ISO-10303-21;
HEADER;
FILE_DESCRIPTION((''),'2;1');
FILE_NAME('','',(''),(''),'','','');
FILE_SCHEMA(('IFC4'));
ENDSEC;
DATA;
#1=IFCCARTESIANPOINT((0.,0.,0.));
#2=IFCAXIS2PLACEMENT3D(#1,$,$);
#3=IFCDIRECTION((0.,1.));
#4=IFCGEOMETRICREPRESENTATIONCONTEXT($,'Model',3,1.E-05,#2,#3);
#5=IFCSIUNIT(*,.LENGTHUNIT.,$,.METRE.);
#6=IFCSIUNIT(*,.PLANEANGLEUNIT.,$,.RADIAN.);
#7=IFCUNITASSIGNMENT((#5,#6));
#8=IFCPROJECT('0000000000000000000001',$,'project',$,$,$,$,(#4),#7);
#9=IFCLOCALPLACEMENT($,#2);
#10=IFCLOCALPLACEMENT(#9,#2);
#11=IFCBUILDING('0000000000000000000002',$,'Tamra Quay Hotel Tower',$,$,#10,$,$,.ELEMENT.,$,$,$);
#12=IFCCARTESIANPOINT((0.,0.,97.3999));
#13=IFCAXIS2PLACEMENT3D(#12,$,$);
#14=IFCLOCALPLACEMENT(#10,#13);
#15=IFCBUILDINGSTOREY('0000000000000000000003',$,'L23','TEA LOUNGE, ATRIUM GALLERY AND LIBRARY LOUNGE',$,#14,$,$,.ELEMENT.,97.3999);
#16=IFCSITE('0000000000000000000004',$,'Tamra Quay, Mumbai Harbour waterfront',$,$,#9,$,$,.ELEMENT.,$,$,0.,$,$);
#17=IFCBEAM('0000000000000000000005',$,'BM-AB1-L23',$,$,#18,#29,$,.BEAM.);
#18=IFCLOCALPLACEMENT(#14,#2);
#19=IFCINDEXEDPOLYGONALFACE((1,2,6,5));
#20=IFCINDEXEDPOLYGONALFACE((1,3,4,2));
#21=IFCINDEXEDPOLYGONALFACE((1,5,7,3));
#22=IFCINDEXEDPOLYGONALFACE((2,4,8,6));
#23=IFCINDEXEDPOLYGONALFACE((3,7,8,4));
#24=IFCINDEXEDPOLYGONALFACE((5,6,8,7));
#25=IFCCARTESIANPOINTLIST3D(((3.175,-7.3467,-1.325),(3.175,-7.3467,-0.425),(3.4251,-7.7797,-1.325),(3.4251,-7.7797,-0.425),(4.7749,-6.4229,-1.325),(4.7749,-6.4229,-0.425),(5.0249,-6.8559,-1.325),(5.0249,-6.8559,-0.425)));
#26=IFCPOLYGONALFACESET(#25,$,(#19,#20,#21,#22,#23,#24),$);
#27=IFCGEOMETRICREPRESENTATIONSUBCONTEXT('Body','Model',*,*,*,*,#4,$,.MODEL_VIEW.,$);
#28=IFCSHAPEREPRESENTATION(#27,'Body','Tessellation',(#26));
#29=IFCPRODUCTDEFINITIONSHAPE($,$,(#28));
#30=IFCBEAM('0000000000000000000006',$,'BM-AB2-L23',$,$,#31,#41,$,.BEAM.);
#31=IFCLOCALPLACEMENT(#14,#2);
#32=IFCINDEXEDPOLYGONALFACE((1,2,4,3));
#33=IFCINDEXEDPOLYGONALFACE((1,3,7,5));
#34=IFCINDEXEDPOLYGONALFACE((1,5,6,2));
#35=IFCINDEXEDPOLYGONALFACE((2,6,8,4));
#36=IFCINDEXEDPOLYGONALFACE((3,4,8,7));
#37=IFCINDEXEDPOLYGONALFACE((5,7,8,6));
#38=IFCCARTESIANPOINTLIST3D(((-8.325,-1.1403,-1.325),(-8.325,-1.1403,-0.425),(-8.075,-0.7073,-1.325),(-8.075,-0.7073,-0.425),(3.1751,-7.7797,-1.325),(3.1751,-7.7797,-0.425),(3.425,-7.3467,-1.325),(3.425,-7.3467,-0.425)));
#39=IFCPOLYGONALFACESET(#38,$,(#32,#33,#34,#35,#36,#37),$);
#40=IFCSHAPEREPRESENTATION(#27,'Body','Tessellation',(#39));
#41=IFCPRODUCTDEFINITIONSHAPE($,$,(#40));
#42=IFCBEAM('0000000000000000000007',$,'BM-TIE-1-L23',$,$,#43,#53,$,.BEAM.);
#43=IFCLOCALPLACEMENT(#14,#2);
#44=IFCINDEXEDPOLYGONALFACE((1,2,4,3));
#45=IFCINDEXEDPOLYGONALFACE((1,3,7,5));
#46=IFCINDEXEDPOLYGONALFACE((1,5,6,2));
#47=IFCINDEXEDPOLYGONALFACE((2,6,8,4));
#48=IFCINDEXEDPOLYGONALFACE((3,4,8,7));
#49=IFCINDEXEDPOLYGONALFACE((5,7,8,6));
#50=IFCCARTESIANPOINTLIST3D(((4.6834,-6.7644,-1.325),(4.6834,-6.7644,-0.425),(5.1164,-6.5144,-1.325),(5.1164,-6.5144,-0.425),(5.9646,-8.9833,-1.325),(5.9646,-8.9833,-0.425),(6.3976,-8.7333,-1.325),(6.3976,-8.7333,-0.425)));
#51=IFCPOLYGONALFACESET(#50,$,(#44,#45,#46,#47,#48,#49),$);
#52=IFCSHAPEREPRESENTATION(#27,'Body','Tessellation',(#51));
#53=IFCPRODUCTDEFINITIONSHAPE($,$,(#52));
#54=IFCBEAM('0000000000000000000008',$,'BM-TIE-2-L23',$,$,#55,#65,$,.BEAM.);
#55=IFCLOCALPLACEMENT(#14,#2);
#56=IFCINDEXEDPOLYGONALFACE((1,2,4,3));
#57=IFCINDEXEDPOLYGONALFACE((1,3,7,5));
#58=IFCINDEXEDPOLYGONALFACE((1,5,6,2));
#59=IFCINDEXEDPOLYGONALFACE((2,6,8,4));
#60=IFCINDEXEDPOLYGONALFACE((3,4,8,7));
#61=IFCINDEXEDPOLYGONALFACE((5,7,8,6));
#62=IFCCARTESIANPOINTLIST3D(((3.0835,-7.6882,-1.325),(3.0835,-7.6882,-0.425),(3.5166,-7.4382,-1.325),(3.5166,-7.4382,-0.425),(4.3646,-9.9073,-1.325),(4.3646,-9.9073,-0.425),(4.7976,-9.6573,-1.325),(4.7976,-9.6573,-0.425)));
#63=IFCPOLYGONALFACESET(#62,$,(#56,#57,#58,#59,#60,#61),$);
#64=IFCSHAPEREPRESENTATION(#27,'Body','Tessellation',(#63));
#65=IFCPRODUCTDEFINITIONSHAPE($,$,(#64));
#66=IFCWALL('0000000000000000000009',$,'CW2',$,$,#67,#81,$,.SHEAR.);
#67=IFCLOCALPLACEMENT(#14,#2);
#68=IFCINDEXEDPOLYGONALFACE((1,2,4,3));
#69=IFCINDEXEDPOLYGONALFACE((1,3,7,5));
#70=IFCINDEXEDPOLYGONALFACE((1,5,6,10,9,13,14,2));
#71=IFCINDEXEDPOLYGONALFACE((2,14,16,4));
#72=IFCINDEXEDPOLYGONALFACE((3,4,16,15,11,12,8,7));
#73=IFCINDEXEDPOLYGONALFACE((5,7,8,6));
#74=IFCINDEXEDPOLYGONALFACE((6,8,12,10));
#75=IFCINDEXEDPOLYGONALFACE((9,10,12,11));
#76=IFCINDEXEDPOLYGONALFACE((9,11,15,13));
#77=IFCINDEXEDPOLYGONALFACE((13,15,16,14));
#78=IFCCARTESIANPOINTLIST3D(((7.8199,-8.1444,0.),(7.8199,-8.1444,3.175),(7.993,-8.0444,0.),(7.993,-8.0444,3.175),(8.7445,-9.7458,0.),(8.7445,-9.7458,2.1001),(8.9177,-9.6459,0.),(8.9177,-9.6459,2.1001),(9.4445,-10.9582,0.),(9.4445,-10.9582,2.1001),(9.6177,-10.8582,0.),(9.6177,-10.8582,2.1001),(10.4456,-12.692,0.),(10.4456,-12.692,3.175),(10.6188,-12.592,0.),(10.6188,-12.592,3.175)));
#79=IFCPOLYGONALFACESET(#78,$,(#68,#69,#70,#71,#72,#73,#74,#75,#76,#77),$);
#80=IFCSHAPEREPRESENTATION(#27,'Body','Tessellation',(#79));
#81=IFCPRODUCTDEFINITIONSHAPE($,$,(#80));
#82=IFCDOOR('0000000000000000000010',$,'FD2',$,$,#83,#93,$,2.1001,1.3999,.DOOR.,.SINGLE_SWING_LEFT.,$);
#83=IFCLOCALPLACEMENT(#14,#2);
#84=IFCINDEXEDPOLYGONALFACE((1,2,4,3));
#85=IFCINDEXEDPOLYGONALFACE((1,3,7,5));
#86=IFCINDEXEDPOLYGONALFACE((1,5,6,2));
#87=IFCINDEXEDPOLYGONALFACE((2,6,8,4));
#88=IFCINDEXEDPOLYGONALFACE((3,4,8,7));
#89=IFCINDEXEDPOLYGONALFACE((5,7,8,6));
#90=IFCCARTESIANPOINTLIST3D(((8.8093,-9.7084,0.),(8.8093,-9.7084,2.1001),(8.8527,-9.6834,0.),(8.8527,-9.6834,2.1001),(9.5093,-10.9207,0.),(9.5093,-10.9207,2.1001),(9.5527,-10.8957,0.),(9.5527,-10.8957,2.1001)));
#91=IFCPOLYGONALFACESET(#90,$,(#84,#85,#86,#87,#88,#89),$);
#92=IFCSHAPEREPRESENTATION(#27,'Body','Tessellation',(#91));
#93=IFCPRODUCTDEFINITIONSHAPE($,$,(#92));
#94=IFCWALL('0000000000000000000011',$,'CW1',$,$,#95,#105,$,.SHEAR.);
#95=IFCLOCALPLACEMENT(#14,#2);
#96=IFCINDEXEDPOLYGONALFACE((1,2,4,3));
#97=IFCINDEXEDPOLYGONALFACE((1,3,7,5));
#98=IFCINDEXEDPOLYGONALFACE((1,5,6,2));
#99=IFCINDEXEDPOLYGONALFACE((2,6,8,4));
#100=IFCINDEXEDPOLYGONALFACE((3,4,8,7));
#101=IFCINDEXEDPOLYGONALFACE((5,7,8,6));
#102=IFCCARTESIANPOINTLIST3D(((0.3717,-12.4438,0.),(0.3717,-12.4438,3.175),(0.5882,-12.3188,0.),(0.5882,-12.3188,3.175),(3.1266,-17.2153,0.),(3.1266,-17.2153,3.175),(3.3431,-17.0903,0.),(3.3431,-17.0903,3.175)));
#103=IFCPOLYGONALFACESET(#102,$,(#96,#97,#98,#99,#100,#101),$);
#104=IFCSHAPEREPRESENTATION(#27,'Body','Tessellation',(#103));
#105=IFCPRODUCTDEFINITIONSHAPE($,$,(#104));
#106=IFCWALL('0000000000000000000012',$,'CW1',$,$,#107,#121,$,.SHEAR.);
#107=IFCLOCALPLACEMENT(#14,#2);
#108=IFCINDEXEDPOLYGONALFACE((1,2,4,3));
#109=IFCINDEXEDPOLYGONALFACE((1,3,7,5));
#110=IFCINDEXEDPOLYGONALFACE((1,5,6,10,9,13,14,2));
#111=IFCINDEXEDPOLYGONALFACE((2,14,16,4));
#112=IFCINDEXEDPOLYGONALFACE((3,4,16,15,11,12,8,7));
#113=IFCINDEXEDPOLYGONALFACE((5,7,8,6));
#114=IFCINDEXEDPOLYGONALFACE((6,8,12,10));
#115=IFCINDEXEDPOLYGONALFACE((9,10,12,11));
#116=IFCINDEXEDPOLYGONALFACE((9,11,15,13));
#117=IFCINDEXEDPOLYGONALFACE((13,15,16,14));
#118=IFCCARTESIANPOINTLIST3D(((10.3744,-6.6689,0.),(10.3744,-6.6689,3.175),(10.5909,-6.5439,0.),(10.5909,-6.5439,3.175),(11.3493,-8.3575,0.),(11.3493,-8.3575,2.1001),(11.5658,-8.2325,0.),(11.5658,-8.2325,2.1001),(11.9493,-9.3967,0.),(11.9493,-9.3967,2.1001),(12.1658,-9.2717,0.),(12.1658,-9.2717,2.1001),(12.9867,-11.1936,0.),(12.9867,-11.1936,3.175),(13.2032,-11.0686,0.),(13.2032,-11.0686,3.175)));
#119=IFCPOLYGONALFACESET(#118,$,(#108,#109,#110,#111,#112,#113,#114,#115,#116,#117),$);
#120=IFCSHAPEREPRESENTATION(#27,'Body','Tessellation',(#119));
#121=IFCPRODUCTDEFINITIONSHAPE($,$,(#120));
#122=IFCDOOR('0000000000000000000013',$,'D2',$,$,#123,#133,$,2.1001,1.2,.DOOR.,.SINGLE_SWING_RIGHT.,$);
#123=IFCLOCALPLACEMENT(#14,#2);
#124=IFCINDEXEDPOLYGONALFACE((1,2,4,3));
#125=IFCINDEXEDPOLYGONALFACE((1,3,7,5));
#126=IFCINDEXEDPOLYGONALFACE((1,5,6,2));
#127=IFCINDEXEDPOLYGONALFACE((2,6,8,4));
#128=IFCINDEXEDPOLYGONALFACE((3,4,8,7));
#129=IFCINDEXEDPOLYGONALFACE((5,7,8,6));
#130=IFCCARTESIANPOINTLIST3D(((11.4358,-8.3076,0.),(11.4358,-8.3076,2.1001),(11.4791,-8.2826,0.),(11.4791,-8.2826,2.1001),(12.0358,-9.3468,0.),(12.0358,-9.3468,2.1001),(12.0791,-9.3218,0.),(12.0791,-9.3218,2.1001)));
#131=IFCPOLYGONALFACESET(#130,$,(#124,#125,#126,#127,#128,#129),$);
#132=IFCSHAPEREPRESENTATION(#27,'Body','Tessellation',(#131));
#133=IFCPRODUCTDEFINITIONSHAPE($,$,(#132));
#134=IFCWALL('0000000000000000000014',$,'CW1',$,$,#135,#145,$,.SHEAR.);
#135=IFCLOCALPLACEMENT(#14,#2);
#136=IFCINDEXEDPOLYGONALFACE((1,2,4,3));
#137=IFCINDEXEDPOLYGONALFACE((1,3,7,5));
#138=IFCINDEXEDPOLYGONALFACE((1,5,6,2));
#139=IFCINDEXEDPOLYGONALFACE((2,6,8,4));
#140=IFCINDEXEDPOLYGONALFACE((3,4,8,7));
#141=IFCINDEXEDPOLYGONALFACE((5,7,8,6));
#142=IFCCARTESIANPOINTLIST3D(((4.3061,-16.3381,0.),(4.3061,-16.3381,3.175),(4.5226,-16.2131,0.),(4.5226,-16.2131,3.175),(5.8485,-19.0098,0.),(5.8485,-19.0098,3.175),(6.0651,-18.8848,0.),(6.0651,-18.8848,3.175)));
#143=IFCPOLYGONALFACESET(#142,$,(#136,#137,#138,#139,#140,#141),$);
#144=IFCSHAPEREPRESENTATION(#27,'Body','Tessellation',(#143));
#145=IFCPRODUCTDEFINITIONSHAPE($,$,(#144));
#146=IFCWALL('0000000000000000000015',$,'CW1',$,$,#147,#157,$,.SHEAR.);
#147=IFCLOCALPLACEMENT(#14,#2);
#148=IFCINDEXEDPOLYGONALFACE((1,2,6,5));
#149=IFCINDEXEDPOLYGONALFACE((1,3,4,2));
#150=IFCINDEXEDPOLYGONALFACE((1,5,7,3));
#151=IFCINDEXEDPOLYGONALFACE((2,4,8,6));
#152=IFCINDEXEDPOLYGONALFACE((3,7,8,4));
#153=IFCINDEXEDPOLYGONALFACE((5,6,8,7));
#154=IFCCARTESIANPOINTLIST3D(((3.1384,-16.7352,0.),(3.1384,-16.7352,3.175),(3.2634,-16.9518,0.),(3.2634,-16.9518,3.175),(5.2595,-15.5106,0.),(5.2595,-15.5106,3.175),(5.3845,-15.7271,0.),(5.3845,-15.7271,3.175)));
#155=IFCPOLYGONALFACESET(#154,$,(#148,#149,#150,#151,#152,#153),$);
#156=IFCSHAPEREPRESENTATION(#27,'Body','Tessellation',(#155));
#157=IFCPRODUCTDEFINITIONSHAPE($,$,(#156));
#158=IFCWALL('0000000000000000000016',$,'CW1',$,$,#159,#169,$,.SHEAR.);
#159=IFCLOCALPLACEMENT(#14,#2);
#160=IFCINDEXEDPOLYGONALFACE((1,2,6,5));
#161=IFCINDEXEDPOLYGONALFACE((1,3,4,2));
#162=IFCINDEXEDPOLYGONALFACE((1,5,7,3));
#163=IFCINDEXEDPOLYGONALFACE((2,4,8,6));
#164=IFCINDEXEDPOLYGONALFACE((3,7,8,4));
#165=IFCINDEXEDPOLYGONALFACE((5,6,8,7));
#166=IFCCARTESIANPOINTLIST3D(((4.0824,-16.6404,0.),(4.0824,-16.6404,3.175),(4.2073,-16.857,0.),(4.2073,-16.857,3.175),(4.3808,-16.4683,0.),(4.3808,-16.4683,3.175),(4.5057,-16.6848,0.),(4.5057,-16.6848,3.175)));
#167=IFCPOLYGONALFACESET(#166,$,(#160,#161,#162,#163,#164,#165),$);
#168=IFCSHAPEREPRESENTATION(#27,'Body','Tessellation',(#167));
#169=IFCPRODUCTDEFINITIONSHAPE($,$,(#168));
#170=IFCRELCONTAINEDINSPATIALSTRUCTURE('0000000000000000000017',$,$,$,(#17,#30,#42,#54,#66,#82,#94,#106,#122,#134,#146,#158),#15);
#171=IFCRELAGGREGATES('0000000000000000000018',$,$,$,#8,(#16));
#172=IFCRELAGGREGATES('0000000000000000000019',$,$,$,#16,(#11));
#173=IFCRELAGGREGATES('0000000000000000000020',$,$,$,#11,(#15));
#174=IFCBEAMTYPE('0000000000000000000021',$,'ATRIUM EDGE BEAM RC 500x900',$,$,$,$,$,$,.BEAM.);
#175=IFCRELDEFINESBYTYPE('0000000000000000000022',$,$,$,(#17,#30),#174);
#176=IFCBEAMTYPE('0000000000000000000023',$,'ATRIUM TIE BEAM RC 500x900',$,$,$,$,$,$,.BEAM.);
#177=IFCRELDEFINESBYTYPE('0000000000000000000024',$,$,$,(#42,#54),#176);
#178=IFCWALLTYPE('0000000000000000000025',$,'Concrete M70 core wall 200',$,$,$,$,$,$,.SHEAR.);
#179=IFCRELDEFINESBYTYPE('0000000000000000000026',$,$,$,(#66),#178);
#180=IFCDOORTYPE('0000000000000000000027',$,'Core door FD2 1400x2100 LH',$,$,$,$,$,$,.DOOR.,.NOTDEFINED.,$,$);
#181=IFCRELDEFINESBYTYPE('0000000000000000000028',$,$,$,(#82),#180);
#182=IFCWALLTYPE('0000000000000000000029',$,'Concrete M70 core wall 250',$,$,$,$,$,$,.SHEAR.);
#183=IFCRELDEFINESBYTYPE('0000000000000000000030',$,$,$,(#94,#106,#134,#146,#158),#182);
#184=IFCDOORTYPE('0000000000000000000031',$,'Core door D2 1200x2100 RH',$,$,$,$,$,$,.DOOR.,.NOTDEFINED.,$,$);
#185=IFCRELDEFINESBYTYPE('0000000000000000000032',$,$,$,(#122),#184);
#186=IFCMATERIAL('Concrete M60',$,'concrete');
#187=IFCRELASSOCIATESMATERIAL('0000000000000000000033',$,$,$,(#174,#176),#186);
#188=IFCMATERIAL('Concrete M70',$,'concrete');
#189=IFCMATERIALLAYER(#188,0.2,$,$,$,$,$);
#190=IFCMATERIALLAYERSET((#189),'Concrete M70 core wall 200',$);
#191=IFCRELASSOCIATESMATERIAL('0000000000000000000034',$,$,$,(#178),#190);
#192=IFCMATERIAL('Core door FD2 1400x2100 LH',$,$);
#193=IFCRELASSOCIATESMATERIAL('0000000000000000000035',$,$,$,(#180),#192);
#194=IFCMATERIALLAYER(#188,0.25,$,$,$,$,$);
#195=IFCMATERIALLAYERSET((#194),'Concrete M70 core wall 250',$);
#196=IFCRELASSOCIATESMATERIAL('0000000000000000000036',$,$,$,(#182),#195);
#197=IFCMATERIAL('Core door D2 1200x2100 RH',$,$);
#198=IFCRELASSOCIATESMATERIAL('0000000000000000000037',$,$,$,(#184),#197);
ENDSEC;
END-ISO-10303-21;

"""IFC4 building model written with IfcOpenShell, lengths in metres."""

from ifc_helpers import new_model, si_unit, direction, frame, frame_2d, origin, origin_2d, place, context, subcontext, project, spatial, rectangle, extrude, material, layer, layer_set, material_profile, profile_set, type_object, element, fill, save


model = new_model("IFC4")

# Units and contexts
model_context = context("Model", 3, precision=1e-05, world=origin(), true_north=direction((0.0, 1.0)))
body_context = subcontext(model_context, "Body", "Model", "MODEL_VIEW")
ifc_project = project(units=[si_unit("LENGTHUNIT", "METRE"), si_unit("PLANEANGLEUNIT", "RADIAN")], contexts=[model_context])

# Site, building, storey
site_placement = place(None, origin())
site = spatial("IfcSite", under=ifc_project, at=site_placement, Name="Tamra Quay, Mumbai Harbour waterfront", CompositionType="ELEMENT", RefElevation=0.0)
building_placement = place(site_placement, origin())
building = spatial("IfcBuilding", under=site, at=building_placement, Name="Tamra Quay Hotel Tower", CompositionType="ELEMENT")
storey_placement = place(building_placement, frame((0.0, 0.0, 97.3999)))
storey = spatial("IfcBuildingStorey", under=building, at=storey_placement, Name="L23", Description="TEA LOUNGE, ATRIUM GALLERY AND LIBRARY LOUNGE", CompositionType="ELEMENT", Elevation=97.3999)

# Beams
ifc_material_1 = material(Name="Concrete M60", Category="concrete")
ifc_material_profile_1 = material_profile(ifc_material_1, rectangle(XDim=0.5, YDim=0.8999, at=origin_2d()), Name="ATRIUM EDGE BEAM RC 500x900")
ifc_profile_set_1 = profile_set([ifc_material_profile_1], Name="Concrete M60")
beam_type_1 = type_object("IfcBeamType", Name="ATRIUM EDGE BEAM RC 500x900", PredefinedType="BEAM", material=ifc_profile_set_1)
beam_1_placement = place(storey_placement, frame((4.8999, -6.6394, -0.875), z_axis=(-0.86599, -0.500062, 0.0), x_axis=(0.500062, -0.86599, 0.0)))
element("IfcBeam", 1, at=beam_1_placement, inside=storey, type_object=beam_type_1, Name="BM-AB1-L23", PredefinedType="BEAM", context=body_context, shape_type="SweptSolid", body=[
    extrude(rectangle(XDim=0.5, YDim=0.8999, at=origin_2d()), origin(), (0.0, 0.0, 1.0), 1.8474),
])
beam_2_placement = place(storey_placement, frame((3.3, -7.5632, -0.875), z_axis=(-0.866029, 0.499993, 0.0), x_axis=(-0.499993, -0.866029, 0.0)))
element("IfcBeam", 2, at=beam_2_placement, inside=storey, type_object=beam_type_1, Name="BM-AB2-L23", PredefinedType="BEAM", context=body_context, shape_type="SweptSolid", body=[
    extrude(rectangle(XDim=0.5, YDim=0.8999, at=origin_2d()), origin(), (0.0, 0.0, 1.0), 13.2791),
])
ifc_material_profile_2 = material_profile(ifc_material_1, rectangle(XDim=0.5, YDim=0.8999, at=origin_2d()), Name="ATRIUM TIE BEAM RC 500x900")
ifc_profile_set_2 = profile_set([ifc_material_profile_2], Name="Concrete M60")
beam_type_2 = type_object("IfcBeamType", Name="ATRIUM TIE BEAM RC 500x900", PredefinedType="BEAM", material=ifc_profile_set_2)
for number, where, z_axis, x_axis, name in (
    (3, (4.8999, -6.6394, -0.875), (0.500033, -0.866006, 0.0), (0.866006, 0.500033, 0.0), "BM-TIE-1-L23"),
    (4, (3.3, -7.5632, -0.875), (0.499962, -0.866048, 0.0), (0.866048, 0.499962, 0.0), "BM-TIE-2-L23"),
):
    element("IfcBeam", number, at=place(storey_placement, frame(where, z_axis=z_axis, x_axis=x_axis)), inside=storey, type_object=beam_type_2, Name=name, PredefinedType="BEAM", context=body_context, shape_type="SweptSolid", body=[
        extrude(rectangle(XDim=0.5, YDim=0.8999, at=origin_2d()), origin(), (0.0, 0.0, 1.0), 2.5623),
    ])

# Wall, opening, door
ifc_material_2 = material(Name="Concrete M70", Category="concrete")
ifc_layer_1 = layer(ifc_material_2, 0.2)
ifc_layer_set_1 = layer_set([ifc_layer_1], Name="Concrete M70 core wall 200")
wall_type_1 = type_object("IfcWallType", Name="Concrete M70 core wall 200", PredefinedType="SHEAR", material=ifc_layer_set_1)
wall_1_placement = place(storey_placement, frame((7.9065, -8.0945, 0.0), z_axis=(0.0, 0.0, 1.0), x_axis=(0.500024, -0.866011, 0.0)))
wall_1 = element("IfcWall", 5, at=wall_1_placement, inside=storey, type_object=wall_type_1, Name="CW2", PredefinedType="SHEAR", context=body_context, shape_type="SweptSolid", body=[
    extrude(rectangle(XDim=5.2512, YDim=0.2, at=frame_2d((2.6255, 0.0))), origin(), (0.0, 0.0, 1.0), 3.175),
])
opening_1_placement = place(wall_1_placement, frame((1.8491, 0.0, 0.0)))
opening_1 = element("IfcOpeningElement", 6, at=opening_1_placement, cuts=wall_1, PredefinedType="OPENING", context=body_context, shape_type="SweptSolid", body=[
    extrude(rectangle(XDim=1.3999, YDim=2.1001, at=frame_2d((0.7, 1.05))), frame((0.0, 0.1099, 0.0), z_axis=(0.0, -1.0, 0.0), x_axis=(1.0, 0.0, 0.0)), (0.0, 0.0, 1.0), 0.22),
])
ifc_material_3 = material(Name="Core door FD2 1400x2100 LH")
door_type_1 = type_object("IfcDoorType", Name="Core door FD2 1400x2100 LH", OperationType="NOTDEFINED", PredefinedType="DOOR", material=ifc_material_3)
door_1_placement = place(opening_1_placement, origin())
door_1 = element("IfcDoor", 7, at=door_1_placement, inside=storey, type_object=door_type_1, Name="FD2", OperationType="SINGLE_SWING_LEFT", OverallHeight=2.1001, OverallWidth=1.3999, PredefinedType="DOOR", context=body_context, shape_type="SweptSolid", body=[
    extrude(rectangle(XDim=1.3999, YDim=2.1001, at=frame_2d((0.7, 1.05))), frame((0.0, 0.0249, 0.0), z_axis=(0.0, -1.0, 0.0), x_axis=(1.0, 0.0, 0.0)), (0.0, 0.0, 1.0), 0.05),
])
fill(opening_1, door_1)

# Wall
ifc_layer_2 = layer(ifc_material_2, 0.25)
ifc_layer_set_2 = layer_set([ifc_layer_2], Name="Concrete M70 core wall 250")
wall_type_2 = type_object("IfcWallType", Name="Concrete M70 core wall 250", PredefinedType="SHEAR", material=ifc_layer_set_2)
wall_2_placement = place(storey_placement, frame((3.2349, -17.1528, 0.0), z_axis=(0.0, 0.0, 1.0), x_axis=(-0.500009, 0.86602, 0.0)))
element("IfcWall", 8, at=wall_2_placement, inside=storey, type_object=wall_type_2, Name="CW1", PredefinedType="SHEAR", context=body_context, shape_type="SweptSolid", body=[
    extrude(rectangle(XDim=5.5098, YDim=0.25, at=frame_2d((2.7549, 0.0))), origin(), (0.0, 0.0, 1.0), 3.175),
])

# Wall, opening, door
wall_3_placement = place(storey_placement, frame((10.4827, -6.6064, 0.0), z_axis=(0.0, 0.0, 1.0), x_axis=(0.499999, -0.866026, 0.0)))
wall_3 = element("IfcWall", 9, at=wall_3_placement, inside=storey, type_object=wall_type_2, Name="CW1", PredefinedType="SHEAR", context=body_context, shape_type="SweptSolid", body=[
    extrude(rectangle(XDim=5.2246, YDim=0.25, at=frame_2d((2.6123, 0.0))), origin(), (0.0, 0.0, 1.0), 3.175),
])
opening_2_placement = place(wall_3_placement, frame((1.9497, 0.0, 0.0)))
opening_2 = element("IfcOpeningElement", 10, at=opening_2_placement, cuts=wall_3, PredefinedType="OPENING", context=body_context, shape_type="SweptSolid", body=[
    extrude(rectangle(XDim=1.2, YDim=2.1001, at=frame_2d((0.6001, 1.05))), frame((0.0, 0.135, 0.0), z_axis=(0.0, -1.0, 0.0), x_axis=(1.0, 0.0, 0.0)), (0.0, 0.0, 1.0), 0.27),
])
ifc_material_4 = material(Name="Core door D2 1200x2100 RH")
door_type_2 = type_object("IfcDoorType", Name="Core door D2 1200x2100 RH", OperationType="NOTDEFINED", PredefinedType="DOOR", material=ifc_material_4)
door_2_placement = place(opening_2_placement, origin())
door_2 = element("IfcDoor", 11, at=door_2_placement, inside=storey, type_object=door_type_2, Name="D2", OperationType="SINGLE_SWING_RIGHT", OverallHeight=2.1001, OverallWidth=1.2, PredefinedType="DOOR", context=body_context, shape_type="SweptSolid", body=[
    extrude(rectangle(XDim=1.2, YDim=2.1001, at=frame_2d((0.6001, 1.05))), frame((0.0, 0.0249, 0.0), z_axis=(0.0, -1.0, 0.0), x_axis=(1.0, 0.0, 0.0)), (0.0, 0.0, 1.0), 0.05),
])
fill(opening_2, door_2)

# Walls
wall_4_placement = place(storey_placement, frame((4.4143, -16.2756, 0.0), z_axis=(0.0, 0.0, 1.0), x_axis=(0.500003, -0.866023, 0.0)))
element("IfcWall", 12, at=wall_4_placement, inside=storey, type_object=wall_type_2, Name="CW1", PredefinedType="SHEAR", context=body_context, shape_type="SweptSolid", body=[
    extrude(rectangle(XDim=3.085, YDim=0.25, at=frame_2d((1.5425, 0.0))), origin(), (0.0, 0.0, 1.0), 3.175),
])
wall_5_placement = place(storey_placement, frame((5.322, -15.6189, 0.0), z_axis=(0.0, 0.0, 1.0), x_axis=(-0.866026, -0.499999, 0.0)))
element("IfcWall", 13, at=wall_5_placement, inside=storey, type_object=wall_type_2, Name="CW1", PredefinedType="SHEAR", context=body_context, shape_type="SweptSolid", body=[
    extrude(rectangle(XDim=2.4492, YDim=0.25, at=frame_2d((1.2246, 0.0))), origin(), (0.0, 0.0, 1.0), 3.175),
])
wall_6_placement = place(storey_placement, frame((4.1448, -16.7488, 0.0), z_axis=(0.0, 0.0, 1.0), x_axis=(0.866186, 0.499722, 0.0)))
element("IfcWall", 14, at=wall_6_placement, inside=storey, type_object=wall_type_2, Name="CW1", PredefinedType="SHEAR", context=body_context, shape_type="SweptSolid", body=[
    extrude(rectangle(XDim=0.3445, YDim=0.25, at=frame_2d((0.1724, 0.0))), origin(), (0.0, 0.0, 1.0), 3.175),
])

save(model, "model.ifc")
